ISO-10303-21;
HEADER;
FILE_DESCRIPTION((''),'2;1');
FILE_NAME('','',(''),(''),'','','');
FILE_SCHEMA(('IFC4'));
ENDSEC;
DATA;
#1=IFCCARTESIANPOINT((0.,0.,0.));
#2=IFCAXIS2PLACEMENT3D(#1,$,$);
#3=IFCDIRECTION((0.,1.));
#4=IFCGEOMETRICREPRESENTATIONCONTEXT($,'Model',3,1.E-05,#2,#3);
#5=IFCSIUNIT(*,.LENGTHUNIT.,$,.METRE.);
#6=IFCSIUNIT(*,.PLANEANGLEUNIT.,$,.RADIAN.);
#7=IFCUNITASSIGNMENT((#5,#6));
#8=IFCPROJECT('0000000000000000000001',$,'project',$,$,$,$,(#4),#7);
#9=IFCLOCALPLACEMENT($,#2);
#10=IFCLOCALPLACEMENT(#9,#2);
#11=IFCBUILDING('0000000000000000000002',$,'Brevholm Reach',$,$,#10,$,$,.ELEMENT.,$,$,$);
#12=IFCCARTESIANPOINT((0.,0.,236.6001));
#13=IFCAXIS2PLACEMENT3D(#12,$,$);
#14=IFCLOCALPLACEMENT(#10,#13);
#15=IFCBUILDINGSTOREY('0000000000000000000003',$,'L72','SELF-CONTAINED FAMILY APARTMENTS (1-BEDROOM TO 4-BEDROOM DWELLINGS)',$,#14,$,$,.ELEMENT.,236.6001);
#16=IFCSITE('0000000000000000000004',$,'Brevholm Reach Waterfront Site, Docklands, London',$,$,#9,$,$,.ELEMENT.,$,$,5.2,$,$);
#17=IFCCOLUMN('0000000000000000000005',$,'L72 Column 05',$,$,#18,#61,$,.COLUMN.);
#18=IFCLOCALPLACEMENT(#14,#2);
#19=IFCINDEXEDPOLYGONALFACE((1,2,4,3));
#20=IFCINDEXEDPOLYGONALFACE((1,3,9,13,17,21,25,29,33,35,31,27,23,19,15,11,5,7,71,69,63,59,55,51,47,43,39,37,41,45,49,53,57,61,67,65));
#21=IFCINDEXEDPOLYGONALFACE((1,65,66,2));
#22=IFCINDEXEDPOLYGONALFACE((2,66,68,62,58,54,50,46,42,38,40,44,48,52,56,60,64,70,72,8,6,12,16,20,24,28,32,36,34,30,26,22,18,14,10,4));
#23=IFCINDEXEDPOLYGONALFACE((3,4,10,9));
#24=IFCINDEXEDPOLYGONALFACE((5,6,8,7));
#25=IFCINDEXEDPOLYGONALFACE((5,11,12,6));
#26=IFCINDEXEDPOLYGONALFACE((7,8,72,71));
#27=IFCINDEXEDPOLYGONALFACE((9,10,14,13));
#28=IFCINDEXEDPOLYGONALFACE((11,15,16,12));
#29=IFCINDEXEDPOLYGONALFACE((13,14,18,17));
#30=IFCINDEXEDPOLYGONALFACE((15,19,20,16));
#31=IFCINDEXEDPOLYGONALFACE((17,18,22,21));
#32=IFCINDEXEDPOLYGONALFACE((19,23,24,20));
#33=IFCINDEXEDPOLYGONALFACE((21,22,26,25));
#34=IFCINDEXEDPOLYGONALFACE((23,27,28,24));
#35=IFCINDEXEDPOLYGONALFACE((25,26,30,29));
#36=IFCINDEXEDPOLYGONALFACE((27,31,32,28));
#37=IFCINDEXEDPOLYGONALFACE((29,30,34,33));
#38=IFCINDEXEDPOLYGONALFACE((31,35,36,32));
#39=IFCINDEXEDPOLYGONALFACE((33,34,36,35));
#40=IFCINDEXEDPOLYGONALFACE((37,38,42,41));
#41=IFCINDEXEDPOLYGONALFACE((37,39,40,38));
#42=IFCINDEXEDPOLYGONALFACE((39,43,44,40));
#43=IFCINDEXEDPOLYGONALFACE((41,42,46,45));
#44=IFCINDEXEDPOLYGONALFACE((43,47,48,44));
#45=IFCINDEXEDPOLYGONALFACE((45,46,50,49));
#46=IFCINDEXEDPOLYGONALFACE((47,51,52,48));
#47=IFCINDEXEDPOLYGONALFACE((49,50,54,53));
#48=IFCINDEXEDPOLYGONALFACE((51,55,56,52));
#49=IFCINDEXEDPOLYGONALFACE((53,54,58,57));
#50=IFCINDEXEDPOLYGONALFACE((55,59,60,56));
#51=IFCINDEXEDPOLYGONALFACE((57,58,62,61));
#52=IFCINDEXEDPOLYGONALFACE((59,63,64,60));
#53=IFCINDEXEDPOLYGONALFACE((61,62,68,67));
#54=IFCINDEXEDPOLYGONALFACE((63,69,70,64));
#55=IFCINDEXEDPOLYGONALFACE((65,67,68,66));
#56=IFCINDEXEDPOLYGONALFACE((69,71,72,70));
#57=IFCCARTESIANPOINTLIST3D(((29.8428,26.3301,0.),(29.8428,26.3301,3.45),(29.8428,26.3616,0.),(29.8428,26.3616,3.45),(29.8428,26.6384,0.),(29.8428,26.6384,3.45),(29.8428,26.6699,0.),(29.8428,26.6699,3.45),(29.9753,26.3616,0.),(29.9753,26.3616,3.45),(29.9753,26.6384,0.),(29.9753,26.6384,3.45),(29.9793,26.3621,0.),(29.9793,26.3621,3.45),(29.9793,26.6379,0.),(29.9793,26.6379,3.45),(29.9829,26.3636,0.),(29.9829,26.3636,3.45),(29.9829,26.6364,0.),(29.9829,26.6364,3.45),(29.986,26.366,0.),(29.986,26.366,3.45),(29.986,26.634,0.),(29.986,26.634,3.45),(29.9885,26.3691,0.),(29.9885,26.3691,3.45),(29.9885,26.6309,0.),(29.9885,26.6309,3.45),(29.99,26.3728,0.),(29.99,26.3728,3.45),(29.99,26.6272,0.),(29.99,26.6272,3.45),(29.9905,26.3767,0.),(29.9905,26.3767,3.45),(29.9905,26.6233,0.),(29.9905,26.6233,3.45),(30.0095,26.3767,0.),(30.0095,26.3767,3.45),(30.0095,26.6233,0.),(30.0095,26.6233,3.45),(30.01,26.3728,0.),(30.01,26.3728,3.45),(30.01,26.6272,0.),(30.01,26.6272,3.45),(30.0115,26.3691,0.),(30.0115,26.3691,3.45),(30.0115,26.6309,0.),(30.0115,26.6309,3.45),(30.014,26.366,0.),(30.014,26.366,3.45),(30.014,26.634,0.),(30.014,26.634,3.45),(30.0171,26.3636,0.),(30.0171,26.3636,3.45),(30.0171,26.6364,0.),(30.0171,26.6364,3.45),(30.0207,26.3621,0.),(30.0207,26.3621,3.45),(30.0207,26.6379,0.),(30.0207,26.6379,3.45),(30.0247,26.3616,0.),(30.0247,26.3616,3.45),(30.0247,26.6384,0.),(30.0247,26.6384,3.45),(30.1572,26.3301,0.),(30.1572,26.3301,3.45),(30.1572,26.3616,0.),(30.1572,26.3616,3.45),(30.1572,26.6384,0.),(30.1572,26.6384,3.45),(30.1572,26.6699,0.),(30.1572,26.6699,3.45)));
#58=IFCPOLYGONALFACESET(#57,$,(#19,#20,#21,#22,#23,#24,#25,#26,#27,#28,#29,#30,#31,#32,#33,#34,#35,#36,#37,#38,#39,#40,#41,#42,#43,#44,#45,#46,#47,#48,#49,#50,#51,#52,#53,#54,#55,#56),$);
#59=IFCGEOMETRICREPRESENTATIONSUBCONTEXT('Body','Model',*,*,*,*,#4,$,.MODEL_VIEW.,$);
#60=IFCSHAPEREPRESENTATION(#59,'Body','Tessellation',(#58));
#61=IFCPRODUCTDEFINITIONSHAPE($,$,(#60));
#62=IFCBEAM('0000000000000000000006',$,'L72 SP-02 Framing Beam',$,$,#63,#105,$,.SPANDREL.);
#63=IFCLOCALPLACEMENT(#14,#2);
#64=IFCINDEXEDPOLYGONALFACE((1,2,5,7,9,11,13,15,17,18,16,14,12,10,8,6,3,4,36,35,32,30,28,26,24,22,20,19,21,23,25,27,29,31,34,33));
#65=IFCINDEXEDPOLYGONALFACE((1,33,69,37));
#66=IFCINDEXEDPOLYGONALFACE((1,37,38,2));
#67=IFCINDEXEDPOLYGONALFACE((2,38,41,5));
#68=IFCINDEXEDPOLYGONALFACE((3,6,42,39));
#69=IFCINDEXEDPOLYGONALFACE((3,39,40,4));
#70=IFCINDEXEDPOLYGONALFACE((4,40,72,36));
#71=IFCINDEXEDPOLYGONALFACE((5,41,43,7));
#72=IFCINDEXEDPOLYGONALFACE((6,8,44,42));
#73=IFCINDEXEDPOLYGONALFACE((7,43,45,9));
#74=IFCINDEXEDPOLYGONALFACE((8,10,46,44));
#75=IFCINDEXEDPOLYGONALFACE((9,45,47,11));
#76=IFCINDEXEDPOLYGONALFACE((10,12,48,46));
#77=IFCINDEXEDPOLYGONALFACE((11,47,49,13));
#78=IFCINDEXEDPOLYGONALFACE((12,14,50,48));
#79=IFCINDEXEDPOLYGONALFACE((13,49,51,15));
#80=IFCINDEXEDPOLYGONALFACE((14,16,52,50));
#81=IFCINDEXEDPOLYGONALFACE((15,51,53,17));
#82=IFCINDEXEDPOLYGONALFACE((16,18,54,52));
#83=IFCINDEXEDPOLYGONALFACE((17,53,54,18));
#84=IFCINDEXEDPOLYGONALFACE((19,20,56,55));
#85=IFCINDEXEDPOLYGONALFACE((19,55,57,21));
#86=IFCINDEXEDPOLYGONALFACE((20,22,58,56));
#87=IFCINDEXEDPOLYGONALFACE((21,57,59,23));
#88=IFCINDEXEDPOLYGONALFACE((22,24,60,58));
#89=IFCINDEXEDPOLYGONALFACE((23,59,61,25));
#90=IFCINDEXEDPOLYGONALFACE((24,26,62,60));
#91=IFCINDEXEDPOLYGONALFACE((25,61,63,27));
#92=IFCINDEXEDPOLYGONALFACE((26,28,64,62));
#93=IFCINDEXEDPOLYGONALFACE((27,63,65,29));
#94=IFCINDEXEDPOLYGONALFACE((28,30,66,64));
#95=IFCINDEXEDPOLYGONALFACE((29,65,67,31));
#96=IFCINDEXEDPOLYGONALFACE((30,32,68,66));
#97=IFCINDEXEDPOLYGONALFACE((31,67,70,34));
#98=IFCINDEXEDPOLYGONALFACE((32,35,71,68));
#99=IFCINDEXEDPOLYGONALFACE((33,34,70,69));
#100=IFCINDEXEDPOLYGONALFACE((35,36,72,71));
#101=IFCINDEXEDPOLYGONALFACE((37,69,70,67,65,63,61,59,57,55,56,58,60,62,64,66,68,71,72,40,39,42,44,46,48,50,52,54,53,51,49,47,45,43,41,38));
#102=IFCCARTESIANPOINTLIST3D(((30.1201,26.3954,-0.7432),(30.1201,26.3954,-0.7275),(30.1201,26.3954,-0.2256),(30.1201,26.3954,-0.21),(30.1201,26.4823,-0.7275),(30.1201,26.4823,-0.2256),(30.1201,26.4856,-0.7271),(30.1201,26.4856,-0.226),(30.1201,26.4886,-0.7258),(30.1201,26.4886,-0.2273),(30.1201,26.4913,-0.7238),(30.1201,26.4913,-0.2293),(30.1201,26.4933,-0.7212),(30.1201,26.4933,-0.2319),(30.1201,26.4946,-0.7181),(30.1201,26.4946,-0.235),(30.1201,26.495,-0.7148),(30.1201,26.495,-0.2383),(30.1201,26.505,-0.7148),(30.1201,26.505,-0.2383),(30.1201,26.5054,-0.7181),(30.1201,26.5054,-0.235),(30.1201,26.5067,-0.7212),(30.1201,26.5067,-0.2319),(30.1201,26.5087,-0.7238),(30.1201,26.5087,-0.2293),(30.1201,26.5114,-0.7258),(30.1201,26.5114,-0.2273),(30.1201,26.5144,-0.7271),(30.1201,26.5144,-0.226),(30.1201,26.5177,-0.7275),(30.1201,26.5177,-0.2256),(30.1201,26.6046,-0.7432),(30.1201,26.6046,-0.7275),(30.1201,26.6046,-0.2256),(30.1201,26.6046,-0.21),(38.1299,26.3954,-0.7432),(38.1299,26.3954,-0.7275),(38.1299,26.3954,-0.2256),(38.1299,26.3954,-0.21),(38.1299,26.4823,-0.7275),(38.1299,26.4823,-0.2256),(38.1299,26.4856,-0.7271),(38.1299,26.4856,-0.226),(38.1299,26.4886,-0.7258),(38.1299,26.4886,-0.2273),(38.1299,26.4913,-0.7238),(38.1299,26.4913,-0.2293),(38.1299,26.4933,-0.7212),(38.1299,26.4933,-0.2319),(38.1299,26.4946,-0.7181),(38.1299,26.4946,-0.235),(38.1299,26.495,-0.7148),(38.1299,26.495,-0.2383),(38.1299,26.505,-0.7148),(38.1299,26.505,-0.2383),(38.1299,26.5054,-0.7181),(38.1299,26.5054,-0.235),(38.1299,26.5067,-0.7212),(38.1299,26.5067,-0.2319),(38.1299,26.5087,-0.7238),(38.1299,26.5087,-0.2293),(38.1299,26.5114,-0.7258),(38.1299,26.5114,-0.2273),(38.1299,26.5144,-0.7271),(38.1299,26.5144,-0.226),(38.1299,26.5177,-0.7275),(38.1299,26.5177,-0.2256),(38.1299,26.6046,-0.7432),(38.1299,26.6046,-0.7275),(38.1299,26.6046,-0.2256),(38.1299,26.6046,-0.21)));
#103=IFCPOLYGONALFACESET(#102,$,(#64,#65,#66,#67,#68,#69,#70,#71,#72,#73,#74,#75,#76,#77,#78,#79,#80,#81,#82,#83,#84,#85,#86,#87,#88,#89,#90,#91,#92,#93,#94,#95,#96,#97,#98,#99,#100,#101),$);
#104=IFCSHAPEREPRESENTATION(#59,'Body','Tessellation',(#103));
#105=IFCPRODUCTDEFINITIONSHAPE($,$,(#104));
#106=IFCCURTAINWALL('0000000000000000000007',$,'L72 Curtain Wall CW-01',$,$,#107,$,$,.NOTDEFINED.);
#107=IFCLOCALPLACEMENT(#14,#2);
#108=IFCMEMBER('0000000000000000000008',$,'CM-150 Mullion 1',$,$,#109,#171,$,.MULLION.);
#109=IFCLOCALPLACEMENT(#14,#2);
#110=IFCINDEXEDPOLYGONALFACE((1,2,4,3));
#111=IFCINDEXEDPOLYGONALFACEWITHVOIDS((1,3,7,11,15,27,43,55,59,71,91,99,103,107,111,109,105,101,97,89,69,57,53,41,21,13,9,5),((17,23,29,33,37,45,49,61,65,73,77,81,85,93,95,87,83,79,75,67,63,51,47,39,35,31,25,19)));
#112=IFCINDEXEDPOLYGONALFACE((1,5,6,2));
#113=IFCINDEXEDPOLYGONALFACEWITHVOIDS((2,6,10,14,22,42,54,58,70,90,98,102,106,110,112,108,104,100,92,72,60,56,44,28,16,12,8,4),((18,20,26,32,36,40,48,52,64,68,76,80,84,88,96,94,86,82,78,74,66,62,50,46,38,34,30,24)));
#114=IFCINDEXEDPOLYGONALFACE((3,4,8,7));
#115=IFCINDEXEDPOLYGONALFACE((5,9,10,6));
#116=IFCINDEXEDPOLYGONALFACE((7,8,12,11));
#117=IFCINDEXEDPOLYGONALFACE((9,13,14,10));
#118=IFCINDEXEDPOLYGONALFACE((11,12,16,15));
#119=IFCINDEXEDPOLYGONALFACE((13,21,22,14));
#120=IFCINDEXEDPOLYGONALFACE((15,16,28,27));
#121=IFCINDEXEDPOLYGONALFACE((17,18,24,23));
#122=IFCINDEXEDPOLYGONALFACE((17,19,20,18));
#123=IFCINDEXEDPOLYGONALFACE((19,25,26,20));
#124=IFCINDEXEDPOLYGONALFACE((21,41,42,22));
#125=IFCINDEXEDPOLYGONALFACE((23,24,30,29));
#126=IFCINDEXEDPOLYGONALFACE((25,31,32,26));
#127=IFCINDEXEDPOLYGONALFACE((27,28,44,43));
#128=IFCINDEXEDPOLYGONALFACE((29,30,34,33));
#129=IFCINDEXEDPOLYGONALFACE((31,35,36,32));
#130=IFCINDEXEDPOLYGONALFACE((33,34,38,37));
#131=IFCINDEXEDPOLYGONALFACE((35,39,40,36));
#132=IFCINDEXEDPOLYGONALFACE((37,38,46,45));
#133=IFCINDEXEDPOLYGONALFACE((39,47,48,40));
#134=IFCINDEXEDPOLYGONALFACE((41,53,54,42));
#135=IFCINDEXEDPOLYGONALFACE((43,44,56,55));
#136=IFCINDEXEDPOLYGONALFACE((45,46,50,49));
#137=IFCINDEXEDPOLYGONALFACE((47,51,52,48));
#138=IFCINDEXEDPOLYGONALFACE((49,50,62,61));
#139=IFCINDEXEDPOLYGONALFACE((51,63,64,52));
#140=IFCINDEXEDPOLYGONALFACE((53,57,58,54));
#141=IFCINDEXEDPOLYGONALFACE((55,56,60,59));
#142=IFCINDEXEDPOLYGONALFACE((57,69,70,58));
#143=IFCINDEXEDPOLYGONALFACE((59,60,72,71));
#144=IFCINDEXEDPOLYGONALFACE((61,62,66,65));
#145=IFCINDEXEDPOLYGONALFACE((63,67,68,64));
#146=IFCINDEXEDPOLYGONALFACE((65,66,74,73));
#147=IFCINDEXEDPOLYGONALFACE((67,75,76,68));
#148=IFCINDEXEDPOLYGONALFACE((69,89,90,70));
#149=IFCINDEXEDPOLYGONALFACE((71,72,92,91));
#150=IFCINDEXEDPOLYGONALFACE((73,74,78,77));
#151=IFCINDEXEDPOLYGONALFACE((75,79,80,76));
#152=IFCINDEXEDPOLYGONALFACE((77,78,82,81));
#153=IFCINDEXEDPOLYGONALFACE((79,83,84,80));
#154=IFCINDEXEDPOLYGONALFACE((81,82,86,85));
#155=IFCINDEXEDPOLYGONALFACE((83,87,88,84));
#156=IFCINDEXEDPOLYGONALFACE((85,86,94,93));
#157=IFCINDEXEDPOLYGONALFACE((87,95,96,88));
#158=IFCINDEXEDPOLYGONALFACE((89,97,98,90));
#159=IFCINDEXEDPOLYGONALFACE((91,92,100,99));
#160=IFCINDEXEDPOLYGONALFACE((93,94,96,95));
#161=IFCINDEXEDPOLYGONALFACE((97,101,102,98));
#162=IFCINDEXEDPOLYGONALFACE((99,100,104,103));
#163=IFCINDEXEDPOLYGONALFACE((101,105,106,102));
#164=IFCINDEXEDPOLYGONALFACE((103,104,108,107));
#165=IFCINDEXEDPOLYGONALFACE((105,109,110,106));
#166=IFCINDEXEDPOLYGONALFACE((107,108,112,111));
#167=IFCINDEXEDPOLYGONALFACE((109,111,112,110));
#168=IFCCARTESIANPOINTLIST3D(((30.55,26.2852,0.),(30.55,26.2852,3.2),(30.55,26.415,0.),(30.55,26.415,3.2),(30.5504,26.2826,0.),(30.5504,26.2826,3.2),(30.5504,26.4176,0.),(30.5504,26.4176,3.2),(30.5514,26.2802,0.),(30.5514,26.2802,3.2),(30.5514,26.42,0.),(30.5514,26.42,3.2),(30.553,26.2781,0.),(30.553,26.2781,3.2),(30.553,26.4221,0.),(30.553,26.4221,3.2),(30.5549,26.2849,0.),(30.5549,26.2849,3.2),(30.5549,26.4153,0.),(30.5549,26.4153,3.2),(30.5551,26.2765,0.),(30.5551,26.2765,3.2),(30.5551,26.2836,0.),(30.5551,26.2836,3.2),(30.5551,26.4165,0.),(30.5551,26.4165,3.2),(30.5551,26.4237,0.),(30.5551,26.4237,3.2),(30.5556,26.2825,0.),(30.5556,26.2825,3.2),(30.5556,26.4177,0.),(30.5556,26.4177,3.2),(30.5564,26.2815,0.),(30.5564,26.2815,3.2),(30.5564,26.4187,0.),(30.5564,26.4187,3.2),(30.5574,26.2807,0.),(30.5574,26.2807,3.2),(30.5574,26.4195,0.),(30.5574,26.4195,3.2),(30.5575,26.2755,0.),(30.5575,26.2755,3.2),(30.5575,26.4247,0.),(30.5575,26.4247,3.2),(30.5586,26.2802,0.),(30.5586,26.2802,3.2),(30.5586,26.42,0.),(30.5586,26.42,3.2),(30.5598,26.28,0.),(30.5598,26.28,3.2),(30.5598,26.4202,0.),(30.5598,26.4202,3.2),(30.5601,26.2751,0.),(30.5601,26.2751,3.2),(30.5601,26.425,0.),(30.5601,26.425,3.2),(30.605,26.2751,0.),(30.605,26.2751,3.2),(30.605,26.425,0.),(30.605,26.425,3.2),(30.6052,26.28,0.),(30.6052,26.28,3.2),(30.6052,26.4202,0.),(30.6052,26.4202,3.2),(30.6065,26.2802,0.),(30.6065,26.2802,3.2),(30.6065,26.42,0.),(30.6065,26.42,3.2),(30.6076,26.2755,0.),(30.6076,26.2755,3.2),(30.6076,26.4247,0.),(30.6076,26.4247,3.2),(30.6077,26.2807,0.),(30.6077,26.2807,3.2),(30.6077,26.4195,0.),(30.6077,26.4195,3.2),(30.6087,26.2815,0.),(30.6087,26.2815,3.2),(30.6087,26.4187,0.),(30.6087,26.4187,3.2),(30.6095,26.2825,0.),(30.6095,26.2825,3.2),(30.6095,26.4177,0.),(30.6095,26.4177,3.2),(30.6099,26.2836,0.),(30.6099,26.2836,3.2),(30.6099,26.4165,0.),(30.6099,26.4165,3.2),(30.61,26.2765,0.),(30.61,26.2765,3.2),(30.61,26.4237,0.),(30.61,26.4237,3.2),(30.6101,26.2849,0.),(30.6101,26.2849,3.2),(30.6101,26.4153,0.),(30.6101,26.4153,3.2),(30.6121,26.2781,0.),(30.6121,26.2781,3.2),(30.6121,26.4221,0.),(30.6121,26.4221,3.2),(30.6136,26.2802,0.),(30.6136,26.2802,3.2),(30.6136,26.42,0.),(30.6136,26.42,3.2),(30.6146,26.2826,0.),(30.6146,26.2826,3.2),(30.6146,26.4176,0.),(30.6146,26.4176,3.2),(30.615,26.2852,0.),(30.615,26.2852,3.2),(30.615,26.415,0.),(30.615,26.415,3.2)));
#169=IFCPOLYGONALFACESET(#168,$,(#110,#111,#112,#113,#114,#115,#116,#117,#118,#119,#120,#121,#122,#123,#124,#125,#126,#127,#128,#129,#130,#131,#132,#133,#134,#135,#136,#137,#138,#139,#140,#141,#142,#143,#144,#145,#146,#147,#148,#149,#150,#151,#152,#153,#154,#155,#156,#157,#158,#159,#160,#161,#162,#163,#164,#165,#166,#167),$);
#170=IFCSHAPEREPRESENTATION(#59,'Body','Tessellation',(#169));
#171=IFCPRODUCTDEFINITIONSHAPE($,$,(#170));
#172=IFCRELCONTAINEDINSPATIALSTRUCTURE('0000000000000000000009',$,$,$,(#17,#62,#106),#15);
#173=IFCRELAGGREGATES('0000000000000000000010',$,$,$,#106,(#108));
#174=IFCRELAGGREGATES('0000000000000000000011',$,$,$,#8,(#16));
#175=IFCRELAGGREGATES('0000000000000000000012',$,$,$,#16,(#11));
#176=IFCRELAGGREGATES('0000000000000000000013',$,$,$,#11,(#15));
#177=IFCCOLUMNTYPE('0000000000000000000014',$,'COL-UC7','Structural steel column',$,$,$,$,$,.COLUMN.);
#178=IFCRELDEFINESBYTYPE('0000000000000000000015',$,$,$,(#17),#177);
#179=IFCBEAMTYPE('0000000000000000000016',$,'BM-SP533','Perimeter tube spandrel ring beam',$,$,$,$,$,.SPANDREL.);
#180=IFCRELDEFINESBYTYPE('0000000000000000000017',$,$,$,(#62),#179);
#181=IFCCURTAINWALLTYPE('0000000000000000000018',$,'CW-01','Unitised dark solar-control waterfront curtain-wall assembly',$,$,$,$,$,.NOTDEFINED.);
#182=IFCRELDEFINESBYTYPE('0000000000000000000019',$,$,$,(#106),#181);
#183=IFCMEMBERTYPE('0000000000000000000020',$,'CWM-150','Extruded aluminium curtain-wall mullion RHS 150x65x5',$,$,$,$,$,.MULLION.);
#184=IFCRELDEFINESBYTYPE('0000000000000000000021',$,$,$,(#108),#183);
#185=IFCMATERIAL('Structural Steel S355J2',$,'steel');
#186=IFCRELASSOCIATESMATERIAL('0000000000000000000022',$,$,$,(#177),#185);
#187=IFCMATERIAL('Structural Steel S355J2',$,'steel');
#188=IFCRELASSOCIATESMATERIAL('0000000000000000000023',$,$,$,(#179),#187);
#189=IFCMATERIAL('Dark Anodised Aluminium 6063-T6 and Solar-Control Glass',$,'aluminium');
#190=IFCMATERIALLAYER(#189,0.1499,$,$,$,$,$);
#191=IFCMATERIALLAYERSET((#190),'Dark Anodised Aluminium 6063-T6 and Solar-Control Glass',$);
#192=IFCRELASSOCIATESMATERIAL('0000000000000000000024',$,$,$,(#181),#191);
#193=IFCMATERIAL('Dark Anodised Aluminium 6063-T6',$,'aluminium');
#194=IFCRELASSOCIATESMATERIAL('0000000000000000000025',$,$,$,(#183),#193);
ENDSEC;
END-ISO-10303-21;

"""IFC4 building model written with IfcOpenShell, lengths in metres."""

from ifc_helpers import new_model, si_unit, direction, frame, origin, origin_2d, place, context, subcontext, project, spatial, hollow_rectangle, i_section, extrude, material, layer, layer_set, material_profile, profile_set, type_object, element, aggregate, save


model = new_model("IFC4")

# Units and contexts
model_context = context("Model", 3, precision=1e-05, world=origin(), true_north=direction((0.0, 1.0)))
body_context = subcontext(model_context, "Body", "Model", "MODEL_VIEW")
ifc_project = project(units=[si_unit("LENGTHUNIT", "METRE"), si_unit("PLANEANGLEUNIT", "RADIAN")], contexts=[model_context])

# Site, building, storey
site_placement = place(None, origin())
site = spatial("IfcSite", under=ifc_project, at=site_placement, Name="Brevholm Reach Waterfront Site, Docklands, London", CompositionType="ELEMENT", RefElevation=5.2)
building_placement = place(site_placement, origin())
building = spatial("IfcBuilding", under=site, at=building_placement, Name="Brevholm Reach", CompositionType="ELEMENT")
storey_placement = place(building_placement, frame((0.0, 0.0, 236.6001)))
storey = spatial("IfcBuildingStorey", under=building, at=storey_placement, Name="L72", Description="SELF-CONTAINED FAMILY APARTMENTS (1-BEDROOM TO 4-BEDROOM DWELLINGS)", CompositionType="ELEMENT", Elevation=236.6001)

# Column
ifc_material_1 = material(Name="Structural Steel S355J2", Category="steel")
ifc_material_profile_1 = material_profile(ifc_material_1, i_section(OverallWidth=0.3145, OverallDepth=0.3398, WebThickness=0.019, FlangeThickness=0.0315, FilletRadius=0.0151, at=origin_2d()), Name="UKC 305x305x198")
ifc_profile_set_1 = profile_set([ifc_material_profile_1], Name="Structural Steel S355J2")
column_type = type_object("IfcColumnType", Name="COL-UC7", Description="Structural steel column", PredefinedType="COLUMN", material=ifc_profile_set_1)
column_placement = place(storey_placement, frame((30.0, 26.5, 0.0), z_axis=(0.0, 0.0, 1.0), x_axis=(1.0, 0.0, 0.0)))
element("IfcColumn", 1, at=column_placement, inside=storey, type_object=column_type, Name="L72 Column 05", PredefinedType="COLUMN", context=body_context, shape_type="SweptSolid", body=[
    extrude(i_section(OverallWidth=0.3145, OverallDepth=0.3398, WebThickness=0.019, FlangeThickness=0.0315, FilletRadius=0.0151, at=origin_2d()), origin(), (0.0, 0.0, 1.0), 3.45),
])

# Beam
ifc_material_2 = material(Name="Structural Steel S355J2", Category="steel")
ifc_material_profile_2 = material_profile(ifc_material_2, i_section(OverallWidth=0.2092, OverallDepth=0.5332, WebThickness=0.01, FlangeThickness=0.0156, FilletRadius=0.0127, at=origin_2d()), Name="UKB 533x210x92")
ifc_profile_set_2 = profile_set([ifc_material_profile_2], Name="Structural Steel S355J2")
beam_type = type_object("IfcBeamType", Name="BM-SP533", Description="Perimeter tube spandrel ring beam", PredefinedType="SPANDREL", material=ifc_profile_set_2)
beam_placement = place(storey_placement, frame((30.1201, 26.5, -0.4766), z_axis=(1.0, 0.0, 0.0), x_axis=(0.0, 1.0, 0.0)))
element("IfcBeam", 2, at=beam_placement, inside=storey, type_object=beam_type, Name="L72 SP-02 Framing Beam", PredefinedType="SPANDREL", context=body_context, shape_type="SweptSolid", body=[
    extrude(i_section(OverallWidth=0.2092, OverallDepth=0.5332, WebThickness=0.01, FlangeThickness=0.0156, FilletRadius=0.0127, at=origin_2d()), origin(), (0.0, 0.0, 1.0), 8.0098),
])

# Curtain wall, member
ifc_material_3 = material(Name="Dark Anodised Aluminium 6063-T6 and Solar-Control Glass", Category="aluminium")
ifc_layer_1 = layer(ifc_material_3, 0.1499)
ifc_layer_set_1 = layer_set([ifc_layer_1], Name="Dark Anodised Aluminium 6063-T6 and Solar-Control Glass")
curtain_wall_type = type_object("IfcCurtainWallType", Name="CW-01", Description="Unitised dark solar-control waterfront curtain-wall assembly", PredefinedType="NOTDEFINED", material=ifc_layer_set_1)
curtain_wall_placement = place(storey_placement, origin())
curtain_wall = element("IfcCurtainWall", 3, at=curtain_wall_placement, inside=storey, type_object=curtain_wall_type, Name="L72 Curtain Wall CW-01", PredefinedType="NOTDEFINED")
ifc_material_4 = material(Name="Dark Anodised Aluminium 6063-T6", Category="aluminium")
ifc_material_profile_3 = material_profile(ifc_material_4, hollow_rectangle(XDim=0.0649, YDim=0.1499, WallThickness=0.0049, InnerFilletRadius=0.0049, OuterFilletRadius=0.01, at=origin_2d()), Name="RHS 150x65x5")
ifc_profile_set_3 = profile_set([ifc_material_profile_3], Name="Dark Anodised Aluminium 6063-T6")
member_type_1 = type_object("IfcMemberType", Name="CWM-150", Description="Extruded aluminium curtain-wall mullion RHS 150x65x5", PredefinedType="MULLION", material=ifc_profile_set_3)
member_1_placement = place(storey_placement, frame((30.5825, 26.3501, 0.0), z_axis=(0.0, 0.0, 1.0), x_axis=(1.0, 0.0, 0.0)))
member_1 = element("IfcMember", 4, at=member_1_placement, type_object=member_type_1, Name="CM-150 Mullion 1", PredefinedType="MULLION", context=body_context, shape_type="SweptSolid", body=[
    extrude(hollow_rectangle(XDim=0.0649, YDim=0.1499, WallThickness=0.0049, InnerFilletRadius=0.0049, OuterFilletRadius=0.01, at=origin_2d()), origin(), (0.0, 0.0, 1.0), 3.2),
])
aggregate(curtain_wall, [member_1])

save(model, "model.ifc")
